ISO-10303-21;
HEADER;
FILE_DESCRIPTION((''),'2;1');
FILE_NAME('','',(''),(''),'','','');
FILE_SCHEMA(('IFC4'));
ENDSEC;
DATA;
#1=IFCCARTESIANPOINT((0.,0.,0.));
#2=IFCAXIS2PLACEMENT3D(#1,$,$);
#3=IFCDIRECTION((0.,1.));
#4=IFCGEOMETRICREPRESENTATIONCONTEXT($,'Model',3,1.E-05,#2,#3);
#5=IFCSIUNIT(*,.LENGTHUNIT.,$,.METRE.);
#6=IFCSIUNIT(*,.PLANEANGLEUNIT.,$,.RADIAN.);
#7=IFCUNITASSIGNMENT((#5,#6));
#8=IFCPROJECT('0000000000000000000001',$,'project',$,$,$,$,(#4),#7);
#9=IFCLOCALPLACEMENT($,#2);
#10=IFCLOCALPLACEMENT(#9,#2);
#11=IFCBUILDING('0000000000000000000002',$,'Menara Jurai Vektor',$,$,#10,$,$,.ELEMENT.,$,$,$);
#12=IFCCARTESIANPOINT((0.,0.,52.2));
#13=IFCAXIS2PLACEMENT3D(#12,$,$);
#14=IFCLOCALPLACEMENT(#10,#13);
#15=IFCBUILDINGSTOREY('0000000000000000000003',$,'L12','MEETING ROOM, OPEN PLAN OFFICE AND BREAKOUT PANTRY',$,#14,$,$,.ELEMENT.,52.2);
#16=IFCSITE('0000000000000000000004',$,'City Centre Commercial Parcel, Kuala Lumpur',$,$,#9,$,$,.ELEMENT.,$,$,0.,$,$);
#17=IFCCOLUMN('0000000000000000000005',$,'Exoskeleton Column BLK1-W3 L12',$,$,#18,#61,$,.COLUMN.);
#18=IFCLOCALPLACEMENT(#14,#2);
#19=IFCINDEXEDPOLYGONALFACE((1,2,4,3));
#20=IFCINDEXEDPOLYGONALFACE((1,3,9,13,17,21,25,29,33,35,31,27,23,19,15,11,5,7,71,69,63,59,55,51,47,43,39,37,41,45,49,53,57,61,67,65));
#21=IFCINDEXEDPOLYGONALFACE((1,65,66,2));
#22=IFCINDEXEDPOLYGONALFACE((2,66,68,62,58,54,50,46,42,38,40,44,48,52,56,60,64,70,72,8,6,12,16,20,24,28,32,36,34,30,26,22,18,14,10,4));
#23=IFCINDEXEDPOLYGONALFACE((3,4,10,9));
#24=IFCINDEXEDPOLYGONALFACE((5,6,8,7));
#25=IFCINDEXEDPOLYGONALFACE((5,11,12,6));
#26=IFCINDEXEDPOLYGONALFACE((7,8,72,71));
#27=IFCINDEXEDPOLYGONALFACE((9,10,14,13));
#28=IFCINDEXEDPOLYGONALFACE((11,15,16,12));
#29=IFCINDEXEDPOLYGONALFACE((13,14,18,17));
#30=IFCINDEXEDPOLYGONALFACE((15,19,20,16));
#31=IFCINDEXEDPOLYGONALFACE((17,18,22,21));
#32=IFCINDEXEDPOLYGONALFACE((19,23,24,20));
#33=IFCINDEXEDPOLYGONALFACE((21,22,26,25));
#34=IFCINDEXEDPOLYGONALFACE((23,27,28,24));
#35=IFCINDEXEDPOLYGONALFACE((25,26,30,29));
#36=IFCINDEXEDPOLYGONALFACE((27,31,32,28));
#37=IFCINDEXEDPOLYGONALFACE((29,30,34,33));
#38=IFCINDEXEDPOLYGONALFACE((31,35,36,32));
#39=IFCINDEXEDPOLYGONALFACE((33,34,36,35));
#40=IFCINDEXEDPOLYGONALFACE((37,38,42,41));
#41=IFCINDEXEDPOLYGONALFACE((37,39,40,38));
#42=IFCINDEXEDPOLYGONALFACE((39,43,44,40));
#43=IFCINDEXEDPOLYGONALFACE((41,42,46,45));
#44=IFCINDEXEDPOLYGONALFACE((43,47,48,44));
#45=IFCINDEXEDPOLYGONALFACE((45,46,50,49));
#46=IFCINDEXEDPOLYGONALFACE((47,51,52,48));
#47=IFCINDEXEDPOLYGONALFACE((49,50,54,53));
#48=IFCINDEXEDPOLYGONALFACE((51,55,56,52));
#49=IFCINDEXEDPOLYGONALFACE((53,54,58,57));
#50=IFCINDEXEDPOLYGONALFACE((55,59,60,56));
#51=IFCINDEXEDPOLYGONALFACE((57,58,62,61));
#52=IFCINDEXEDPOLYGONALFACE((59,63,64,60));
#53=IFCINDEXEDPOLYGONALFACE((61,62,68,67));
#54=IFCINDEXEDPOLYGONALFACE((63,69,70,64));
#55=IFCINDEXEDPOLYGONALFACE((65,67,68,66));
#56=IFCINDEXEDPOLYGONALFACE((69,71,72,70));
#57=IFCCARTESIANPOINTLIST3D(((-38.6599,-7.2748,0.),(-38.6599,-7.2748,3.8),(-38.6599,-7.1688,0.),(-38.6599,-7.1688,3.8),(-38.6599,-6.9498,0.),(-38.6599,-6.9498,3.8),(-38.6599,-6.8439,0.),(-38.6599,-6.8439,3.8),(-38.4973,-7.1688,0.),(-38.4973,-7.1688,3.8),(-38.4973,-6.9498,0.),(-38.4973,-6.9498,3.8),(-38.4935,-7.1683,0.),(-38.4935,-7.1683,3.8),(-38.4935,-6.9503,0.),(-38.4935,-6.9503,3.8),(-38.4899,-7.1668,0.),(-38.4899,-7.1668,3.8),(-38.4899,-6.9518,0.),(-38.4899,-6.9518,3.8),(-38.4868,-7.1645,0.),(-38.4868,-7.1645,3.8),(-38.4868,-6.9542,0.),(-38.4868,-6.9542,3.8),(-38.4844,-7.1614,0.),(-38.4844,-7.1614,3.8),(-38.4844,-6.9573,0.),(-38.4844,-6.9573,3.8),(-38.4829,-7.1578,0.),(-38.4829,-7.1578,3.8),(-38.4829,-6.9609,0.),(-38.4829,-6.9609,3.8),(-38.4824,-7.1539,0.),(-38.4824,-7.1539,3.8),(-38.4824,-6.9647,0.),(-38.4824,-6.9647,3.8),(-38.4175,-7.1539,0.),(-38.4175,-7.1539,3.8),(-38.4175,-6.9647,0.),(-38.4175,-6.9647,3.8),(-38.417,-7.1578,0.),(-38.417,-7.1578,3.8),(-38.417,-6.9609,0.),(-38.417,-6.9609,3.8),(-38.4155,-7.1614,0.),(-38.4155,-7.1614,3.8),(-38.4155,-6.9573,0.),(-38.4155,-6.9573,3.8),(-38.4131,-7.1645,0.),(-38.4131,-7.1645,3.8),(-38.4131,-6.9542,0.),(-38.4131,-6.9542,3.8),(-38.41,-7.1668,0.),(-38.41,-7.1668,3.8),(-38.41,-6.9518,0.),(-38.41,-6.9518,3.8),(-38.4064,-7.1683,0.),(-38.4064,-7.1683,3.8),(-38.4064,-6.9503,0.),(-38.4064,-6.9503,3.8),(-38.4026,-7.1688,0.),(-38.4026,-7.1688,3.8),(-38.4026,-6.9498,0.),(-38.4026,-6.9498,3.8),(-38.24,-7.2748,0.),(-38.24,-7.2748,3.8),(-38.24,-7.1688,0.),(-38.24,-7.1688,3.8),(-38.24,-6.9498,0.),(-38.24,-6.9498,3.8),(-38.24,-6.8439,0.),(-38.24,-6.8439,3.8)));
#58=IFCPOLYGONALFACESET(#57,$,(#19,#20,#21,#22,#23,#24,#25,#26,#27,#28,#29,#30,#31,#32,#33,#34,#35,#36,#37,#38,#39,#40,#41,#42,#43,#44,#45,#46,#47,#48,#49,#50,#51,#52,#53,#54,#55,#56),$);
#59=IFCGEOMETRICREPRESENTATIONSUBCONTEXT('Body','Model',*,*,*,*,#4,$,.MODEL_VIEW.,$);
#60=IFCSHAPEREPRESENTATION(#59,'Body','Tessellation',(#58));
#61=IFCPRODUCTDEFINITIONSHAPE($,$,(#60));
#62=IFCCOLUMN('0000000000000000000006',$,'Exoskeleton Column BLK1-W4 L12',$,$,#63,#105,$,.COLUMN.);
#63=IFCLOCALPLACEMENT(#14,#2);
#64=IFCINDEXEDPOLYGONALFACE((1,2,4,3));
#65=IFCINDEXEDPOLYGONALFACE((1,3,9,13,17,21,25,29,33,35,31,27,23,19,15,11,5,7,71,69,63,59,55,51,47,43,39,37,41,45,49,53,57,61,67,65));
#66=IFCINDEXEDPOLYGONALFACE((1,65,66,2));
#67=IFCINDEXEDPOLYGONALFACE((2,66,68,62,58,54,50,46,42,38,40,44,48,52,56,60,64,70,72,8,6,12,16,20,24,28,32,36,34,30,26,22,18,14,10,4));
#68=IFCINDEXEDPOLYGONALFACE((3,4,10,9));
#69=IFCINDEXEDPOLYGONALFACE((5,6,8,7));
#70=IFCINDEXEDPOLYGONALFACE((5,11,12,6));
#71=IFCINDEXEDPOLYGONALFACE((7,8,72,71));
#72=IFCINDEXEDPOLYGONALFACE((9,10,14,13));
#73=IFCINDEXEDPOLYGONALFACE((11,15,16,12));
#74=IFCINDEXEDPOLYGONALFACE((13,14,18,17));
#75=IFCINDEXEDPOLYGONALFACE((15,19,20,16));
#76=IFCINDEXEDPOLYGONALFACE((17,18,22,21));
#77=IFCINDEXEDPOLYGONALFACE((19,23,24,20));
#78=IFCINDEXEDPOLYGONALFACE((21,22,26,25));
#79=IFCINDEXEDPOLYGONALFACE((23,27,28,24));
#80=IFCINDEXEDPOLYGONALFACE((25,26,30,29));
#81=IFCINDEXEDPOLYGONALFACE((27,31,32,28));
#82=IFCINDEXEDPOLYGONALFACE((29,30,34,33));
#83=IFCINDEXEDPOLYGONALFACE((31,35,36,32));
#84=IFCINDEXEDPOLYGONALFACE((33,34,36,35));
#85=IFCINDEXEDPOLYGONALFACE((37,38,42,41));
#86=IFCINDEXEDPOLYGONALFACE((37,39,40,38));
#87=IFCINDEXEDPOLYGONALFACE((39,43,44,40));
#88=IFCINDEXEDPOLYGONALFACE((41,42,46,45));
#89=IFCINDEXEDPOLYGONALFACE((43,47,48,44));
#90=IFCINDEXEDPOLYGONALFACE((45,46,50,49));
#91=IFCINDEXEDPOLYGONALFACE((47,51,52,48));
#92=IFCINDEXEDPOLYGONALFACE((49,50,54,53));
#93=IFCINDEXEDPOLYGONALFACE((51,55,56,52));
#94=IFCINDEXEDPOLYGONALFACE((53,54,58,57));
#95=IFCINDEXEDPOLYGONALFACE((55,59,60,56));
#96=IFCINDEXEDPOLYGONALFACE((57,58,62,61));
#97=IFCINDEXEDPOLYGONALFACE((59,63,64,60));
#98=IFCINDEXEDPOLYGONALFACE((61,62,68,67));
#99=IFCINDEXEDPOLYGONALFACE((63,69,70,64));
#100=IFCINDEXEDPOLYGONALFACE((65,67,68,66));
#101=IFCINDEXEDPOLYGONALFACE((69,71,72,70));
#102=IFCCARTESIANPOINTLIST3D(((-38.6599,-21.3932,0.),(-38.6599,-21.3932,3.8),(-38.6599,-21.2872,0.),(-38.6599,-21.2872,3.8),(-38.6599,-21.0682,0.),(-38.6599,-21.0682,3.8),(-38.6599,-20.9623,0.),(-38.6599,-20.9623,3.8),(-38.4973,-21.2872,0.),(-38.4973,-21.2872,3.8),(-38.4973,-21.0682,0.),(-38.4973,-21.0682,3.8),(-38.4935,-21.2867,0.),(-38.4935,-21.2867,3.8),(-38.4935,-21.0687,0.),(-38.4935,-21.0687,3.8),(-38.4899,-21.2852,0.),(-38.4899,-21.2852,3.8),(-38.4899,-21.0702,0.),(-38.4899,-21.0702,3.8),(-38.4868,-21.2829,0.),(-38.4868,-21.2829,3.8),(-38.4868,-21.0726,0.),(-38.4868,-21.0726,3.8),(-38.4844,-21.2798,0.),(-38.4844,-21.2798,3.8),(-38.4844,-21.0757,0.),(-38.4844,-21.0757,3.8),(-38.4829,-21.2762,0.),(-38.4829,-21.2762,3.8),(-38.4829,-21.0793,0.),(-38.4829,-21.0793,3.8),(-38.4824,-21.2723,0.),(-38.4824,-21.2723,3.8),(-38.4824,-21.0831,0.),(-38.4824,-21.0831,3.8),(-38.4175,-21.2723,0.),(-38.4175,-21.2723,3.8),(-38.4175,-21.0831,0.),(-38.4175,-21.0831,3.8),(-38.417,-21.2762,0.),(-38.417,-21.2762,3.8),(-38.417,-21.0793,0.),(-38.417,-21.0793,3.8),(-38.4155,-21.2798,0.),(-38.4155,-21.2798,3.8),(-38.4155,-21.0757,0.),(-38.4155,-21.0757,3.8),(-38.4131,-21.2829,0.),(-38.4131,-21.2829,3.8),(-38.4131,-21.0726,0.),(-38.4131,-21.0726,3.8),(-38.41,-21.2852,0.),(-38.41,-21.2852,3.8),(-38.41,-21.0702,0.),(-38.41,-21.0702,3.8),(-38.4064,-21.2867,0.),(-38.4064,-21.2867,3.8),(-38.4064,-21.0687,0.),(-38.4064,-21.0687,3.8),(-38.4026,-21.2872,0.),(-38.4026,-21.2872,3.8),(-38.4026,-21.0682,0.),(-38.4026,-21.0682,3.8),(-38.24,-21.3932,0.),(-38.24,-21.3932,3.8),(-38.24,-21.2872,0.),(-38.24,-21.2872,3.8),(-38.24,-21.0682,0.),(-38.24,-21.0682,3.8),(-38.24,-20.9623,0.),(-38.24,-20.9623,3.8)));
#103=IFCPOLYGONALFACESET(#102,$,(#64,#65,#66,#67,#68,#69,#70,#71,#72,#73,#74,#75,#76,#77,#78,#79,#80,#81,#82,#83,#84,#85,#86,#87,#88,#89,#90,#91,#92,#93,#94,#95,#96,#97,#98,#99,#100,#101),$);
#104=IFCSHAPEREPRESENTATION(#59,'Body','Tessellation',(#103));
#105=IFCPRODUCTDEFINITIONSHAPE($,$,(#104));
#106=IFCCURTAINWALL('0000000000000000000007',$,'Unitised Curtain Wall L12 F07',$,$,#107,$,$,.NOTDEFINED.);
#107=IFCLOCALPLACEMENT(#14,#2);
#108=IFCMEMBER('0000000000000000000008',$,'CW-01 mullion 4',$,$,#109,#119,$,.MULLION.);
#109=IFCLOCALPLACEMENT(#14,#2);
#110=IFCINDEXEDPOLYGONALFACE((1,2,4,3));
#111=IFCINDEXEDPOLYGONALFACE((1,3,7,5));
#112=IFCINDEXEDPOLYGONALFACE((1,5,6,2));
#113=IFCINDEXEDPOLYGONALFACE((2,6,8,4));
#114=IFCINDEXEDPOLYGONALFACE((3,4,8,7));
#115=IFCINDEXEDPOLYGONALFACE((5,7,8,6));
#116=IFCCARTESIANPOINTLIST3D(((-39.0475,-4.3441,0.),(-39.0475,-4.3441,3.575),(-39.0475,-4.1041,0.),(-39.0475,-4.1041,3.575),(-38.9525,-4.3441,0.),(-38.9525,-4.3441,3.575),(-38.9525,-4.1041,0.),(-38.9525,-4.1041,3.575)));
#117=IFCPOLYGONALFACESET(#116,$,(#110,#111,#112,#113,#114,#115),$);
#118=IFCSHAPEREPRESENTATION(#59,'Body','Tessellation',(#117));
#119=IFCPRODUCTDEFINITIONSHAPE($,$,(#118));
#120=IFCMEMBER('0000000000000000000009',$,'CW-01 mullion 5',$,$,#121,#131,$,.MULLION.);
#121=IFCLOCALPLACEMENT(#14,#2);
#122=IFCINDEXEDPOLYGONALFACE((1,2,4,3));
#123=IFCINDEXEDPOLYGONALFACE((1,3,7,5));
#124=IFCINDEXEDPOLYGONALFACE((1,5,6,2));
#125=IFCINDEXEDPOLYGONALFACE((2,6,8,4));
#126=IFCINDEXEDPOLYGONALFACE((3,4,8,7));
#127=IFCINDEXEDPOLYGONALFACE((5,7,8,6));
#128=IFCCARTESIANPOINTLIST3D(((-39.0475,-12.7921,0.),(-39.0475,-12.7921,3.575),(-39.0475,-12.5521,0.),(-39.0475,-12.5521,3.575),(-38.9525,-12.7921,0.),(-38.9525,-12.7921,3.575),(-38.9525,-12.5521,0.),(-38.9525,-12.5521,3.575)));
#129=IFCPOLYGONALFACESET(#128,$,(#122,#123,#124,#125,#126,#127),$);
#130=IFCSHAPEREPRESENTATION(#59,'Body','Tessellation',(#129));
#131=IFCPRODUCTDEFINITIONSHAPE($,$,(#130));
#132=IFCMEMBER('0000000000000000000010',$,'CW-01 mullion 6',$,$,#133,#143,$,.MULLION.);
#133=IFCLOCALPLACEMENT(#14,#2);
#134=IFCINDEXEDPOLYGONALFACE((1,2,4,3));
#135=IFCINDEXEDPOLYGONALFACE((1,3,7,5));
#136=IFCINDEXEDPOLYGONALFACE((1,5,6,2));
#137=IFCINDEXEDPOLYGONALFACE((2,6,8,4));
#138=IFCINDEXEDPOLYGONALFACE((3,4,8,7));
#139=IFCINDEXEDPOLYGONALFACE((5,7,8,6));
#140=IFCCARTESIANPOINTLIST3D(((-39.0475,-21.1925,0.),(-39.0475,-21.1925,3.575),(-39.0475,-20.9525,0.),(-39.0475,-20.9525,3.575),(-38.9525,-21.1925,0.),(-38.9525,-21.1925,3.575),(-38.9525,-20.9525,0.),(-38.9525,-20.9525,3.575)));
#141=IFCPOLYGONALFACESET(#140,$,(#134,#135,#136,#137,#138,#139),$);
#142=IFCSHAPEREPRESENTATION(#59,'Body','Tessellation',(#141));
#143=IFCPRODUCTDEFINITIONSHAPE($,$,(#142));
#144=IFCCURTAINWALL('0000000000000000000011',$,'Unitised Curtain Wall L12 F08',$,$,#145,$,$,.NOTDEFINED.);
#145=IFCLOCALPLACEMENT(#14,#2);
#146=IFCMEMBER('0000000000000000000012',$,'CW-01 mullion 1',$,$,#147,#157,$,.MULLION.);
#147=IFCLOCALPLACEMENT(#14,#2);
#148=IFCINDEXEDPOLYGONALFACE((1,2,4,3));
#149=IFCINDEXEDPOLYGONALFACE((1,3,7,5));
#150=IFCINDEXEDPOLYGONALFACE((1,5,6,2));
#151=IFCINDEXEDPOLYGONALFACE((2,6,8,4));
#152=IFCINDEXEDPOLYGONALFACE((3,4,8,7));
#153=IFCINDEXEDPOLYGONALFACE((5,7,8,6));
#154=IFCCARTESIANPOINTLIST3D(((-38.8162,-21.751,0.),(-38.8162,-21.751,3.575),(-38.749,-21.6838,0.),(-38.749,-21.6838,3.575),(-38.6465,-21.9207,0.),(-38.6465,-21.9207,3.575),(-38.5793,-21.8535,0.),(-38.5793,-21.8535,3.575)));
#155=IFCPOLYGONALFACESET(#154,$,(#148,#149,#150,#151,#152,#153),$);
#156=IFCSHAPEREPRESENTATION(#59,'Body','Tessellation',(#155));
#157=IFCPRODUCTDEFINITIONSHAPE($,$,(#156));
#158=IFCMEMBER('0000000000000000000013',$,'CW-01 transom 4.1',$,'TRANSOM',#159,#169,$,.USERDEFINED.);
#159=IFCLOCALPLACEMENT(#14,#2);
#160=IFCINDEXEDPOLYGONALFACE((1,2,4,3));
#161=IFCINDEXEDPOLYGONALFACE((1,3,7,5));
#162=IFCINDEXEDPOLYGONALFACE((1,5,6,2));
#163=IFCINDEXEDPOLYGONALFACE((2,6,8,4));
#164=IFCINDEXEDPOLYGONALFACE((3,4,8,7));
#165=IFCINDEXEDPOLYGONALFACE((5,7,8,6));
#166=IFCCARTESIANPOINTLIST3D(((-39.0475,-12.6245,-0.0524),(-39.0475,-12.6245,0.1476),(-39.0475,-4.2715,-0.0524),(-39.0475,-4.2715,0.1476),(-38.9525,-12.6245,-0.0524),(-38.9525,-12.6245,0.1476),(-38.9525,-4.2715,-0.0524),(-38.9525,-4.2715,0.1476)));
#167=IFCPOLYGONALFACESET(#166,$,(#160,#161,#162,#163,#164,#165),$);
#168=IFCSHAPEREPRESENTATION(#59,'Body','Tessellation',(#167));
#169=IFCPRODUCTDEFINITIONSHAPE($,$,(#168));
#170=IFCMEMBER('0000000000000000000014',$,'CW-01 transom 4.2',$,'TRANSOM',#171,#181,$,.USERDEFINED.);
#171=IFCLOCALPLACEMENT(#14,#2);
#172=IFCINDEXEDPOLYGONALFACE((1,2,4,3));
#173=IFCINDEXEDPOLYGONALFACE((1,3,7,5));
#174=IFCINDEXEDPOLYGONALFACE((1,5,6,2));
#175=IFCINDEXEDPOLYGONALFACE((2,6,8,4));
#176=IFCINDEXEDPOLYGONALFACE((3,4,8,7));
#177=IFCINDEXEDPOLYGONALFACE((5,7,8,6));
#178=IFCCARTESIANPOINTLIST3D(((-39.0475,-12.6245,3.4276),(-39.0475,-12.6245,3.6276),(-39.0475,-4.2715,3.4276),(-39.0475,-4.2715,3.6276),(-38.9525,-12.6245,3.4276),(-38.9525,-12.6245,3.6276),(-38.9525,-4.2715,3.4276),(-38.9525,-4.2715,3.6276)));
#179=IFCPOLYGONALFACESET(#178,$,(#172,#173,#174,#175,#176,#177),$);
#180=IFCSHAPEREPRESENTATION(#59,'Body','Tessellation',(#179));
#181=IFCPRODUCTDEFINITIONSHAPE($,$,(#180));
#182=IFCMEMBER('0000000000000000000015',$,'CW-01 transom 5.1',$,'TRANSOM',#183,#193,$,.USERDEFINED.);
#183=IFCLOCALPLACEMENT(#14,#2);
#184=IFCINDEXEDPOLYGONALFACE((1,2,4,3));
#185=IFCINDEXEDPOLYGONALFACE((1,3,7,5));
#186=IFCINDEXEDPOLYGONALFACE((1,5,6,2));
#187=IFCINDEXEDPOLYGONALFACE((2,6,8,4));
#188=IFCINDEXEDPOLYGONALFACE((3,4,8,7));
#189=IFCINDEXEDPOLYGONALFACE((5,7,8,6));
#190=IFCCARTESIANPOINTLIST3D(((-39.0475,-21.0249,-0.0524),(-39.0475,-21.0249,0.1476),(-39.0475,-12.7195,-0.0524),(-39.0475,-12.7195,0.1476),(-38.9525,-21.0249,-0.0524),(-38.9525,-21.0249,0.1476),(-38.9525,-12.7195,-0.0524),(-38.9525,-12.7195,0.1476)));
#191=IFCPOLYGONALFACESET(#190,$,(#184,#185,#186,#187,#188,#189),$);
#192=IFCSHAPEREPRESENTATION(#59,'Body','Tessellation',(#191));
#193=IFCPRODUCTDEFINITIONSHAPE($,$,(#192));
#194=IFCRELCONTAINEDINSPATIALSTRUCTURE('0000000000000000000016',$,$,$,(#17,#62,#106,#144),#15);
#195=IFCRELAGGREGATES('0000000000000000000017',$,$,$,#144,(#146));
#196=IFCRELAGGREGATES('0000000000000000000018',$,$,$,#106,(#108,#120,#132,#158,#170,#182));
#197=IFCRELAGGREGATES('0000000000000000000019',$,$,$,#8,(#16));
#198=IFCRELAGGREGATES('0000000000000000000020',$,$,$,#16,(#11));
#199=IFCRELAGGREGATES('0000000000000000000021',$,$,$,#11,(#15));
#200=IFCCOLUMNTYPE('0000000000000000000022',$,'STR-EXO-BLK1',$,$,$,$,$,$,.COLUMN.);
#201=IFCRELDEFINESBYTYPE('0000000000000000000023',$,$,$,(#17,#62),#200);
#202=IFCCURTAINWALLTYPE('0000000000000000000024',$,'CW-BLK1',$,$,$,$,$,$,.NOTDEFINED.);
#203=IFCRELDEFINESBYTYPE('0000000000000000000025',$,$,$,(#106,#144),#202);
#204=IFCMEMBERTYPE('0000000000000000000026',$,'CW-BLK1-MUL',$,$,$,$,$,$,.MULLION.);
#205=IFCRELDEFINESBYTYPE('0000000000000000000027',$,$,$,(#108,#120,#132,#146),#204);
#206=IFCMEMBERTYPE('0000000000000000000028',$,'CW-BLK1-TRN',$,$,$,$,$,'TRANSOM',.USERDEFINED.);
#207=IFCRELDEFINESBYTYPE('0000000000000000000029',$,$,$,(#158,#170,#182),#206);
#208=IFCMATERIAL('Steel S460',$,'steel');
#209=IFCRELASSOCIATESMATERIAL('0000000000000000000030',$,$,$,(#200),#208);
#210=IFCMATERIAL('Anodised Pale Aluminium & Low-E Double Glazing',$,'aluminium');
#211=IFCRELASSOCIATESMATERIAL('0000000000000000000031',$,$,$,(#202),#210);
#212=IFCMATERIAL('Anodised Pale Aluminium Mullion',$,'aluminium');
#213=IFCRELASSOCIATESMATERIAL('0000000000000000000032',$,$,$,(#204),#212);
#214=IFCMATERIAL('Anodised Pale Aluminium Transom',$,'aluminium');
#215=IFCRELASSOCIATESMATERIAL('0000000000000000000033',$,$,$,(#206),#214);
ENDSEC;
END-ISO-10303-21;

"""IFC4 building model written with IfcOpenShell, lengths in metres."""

from ifc_helpers import new_model, si_unit, direction, frame, origin, origin_2d, place, context, subcontext, project, spatial, rectangle, i_section, extrude, material, material_profile, profile_set, type_object, element, aggregate, save


model = new_model("IFC4")

# Units and contexts
model_context = context("Model", 3, precision=1e-05, world=origin(), true_north=direction((0.0, 1.0)))
body_context = subcontext(model_context, "Body", "Model", "MODEL_VIEW")
ifc_project = project(units=[si_unit("LENGTHUNIT", "METRE"), si_unit("PLANEANGLEUNIT", "RADIAN")], contexts=[model_context])

# Site, building, storey
site_placement = place(None, origin())
site = spatial("IfcSite", under=ifc_project, at=site_placement, Name="City Centre Commercial Parcel, Kuala Lumpur", CompositionType="ELEMENT", RefElevation=0.0)
building_placement = place(site_placement, origin())
building = spatial("IfcBuilding", under=site, at=building_placement, Name="Menara Jurai Vektor", CompositionType="ELEMENT")
storey_placement = place(building_placement, frame((0.0, 0.0, 52.2)))
storey = spatial("IfcBuildingStorey", under=building, at=storey_placement, Name="L12", Description="MEETING ROOM, OPEN PLAN OFFICE AND BREAKOUT PANTRY", CompositionType="ELEMENT", Elevation=52.2)

# Columns
ifc_material_1 = material(Name="Steel S460", Category="steel")
ifc_material_profile_1 = material_profile(ifc_material_1, i_section(OverallWidth=0.4199, OverallDepth=0.4309, WebThickness=0.0649, FlangeThickness=0.106, FilletRadius=0.0149, at=origin_2d()), Name="HD 400x900")
ifc_profile_set_1 = profile_set([ifc_material_profile_1], Name="Steel S460")
column_type = type_object("IfcColumnType", Name="STR-EXO-BLK1", PredefinedType="COLUMN", material=ifc_profile_set_1)
for number, where, z_axis, x_axis, name in (
    (1, (-38.45, -7.0593, 0.0), (0.0, 0.0, 1.0), (1.0, 0.0, 0.0), "Exoskeleton Column BLK1-W3 L12"),
    (2, (-38.45, -21.1777, 0.0), (0.0, 0.0, 1.0), (1.0, 0.0, 0.0), "Exoskeleton Column BLK1-W4 L12"),
):
    element("IfcColumn", number, at=place(storey_placement, frame(where, z_axis=z_axis, x_axis=x_axis)), inside=storey, type_object=column_type, Name=name, PredefinedType="COLUMN", context=body_context, shape_type="SweptSolid", body=[
        extrude(i_section(OverallWidth=0.4199, OverallDepth=0.4309, WebThickness=0.0649, FlangeThickness=0.106, FilletRadius=0.0149, at=origin_2d()), origin(), (0.0, 0.0, 1.0), 3.8),
    ])

# Curtain wall, members
ifc_material_2 = material(Name="Anodised Pale Aluminium & Low-E Double Glazing", Category="aluminium")
curtain_wall_type = type_object("IfcCurtainWallType", Name="CW-BLK1", PredefinedType="NOTDEFINED", material=ifc_material_2)
curtain_wall_1_placement = place(storey_placement, origin())
curtain_wall_1 = element("IfcCurtainWall", 3, at=curtain_wall_1_placement, inside=storey, type_object=curtain_wall_type, Name="Unitised Curtain Wall L12 F07", PredefinedType="NOTDEFINED")
ifc_material_3 = material(Name="Anodised Pale Aluminium Mullion", Category="aluminium")
ifc_material_profile_2 = material_profile(ifc_material_3, rectangle(XDim=0.095, YDim=0.24, at=origin_2d()), Name="ALU MUL 95x240")
ifc_profile_set_2 = profile_set([ifc_material_profile_2], Name="Anodised Pale Aluminium Mullion")
member_type_1 = type_object("IfcMemberType", Name="CW-BLK1-MUL", PredefinedType="MULLION", material=ifc_profile_set_2)
member_1_placement = place(storey_placement, frame((-39.0, -4.2241, 0.0), z_axis=(0.0, 0.0, 1.0), x_axis=(1.0, 0.0, 0.0)))
member_1 = element("IfcMember", 4, at=member_1_placement, type_object=member_type_1, Name="CW-01 mullion 4", PredefinedType="MULLION", context=body_context, shape_type="SweptSolid", body=[
    extrude(rectangle(XDim=0.095, YDim=0.24, at=origin_2d()), origin(), (0.0, 0.0, 1.0), 3.575),
])
member_2_placement = place(storey_placement, frame((-39.0, -12.6721, 0.0), z_axis=(0.0, 0.0, 1.0), x_axis=(1.0, 0.0, 0.0)))
member_2 = element("IfcMember", 5, at=member_2_placement, type_object=member_type_1, Name="CW-01 mullion 5", PredefinedType="MULLION", context=body_context, shape_type="SweptSolid", body=[
    extrude(rectangle(XDim=0.095, YDim=0.24, at=origin_2d()), origin(), (0.0, 0.0, 1.0), 3.575),
])
member_3_placement = place(storey_placement, frame((-39.0, -21.0725, 0.0), z_axis=(0.0, 0.0, 1.0), x_axis=(1.0, 0.0, 0.0)))
member_3 = element("IfcMember", 6, at=member_3_placement, type_object=member_type_1, Name="CW-01 mullion 6", PredefinedType="MULLION", context=body_context, shape_type="SweptSolid", body=[
    extrude(rectangle(XDim=0.095, YDim=0.24, at=origin_2d()), origin(), (0.0, 0.0, 1.0), 3.575),
])

# Curtain wall, member
curtain_wall_2_placement = place(storey_placement, origin())
curtain_wall_2 = element("IfcCurtainWall", 7, at=curtain_wall_2_placement, inside=storey, type_object=curtain_wall_type, Name="Unitised Curtain Wall L12 F08", PredefinedType="NOTDEFINED")
member_4_placement = place(storey_placement, frame((-38.6978, -21.8022, 0.0), z_axis=(0.0, 0.0, 1.0), x_axis=(0.707107, 0.707107, 0.0)))
member_4 = element("IfcMember", 8, at=member_4_placement, type_object=member_type_1, Name="CW-01 mullion 1", PredefinedType="MULLION", context=body_context, shape_type="SweptSolid", body=[
    extrude(rectangle(XDim=0.095, YDim=0.24, at=origin_2d()), origin(), (0.0, 0.0, 1.0), 3.575),
])
aggregate(curtain_wall_2, [member_4])

# Members
ifc_material_4 = material(Name="Anodised Pale Aluminium Transom", Category="aluminium")
ifc_material_profile_3 = material_profile(ifc_material_4, rectangle(XDim=0.095, YDim=0.2, at=origin_2d()), Name="ALU TRN 95x200")
ifc_profile_set_3 = profile_set([ifc_material_profile_3], Name="Anodised Pale Aluminium Transom")
member_type_2 = type_object("IfcMemberType", Name="CW-BLK1-TRN", ElementType="TRANSOM", PredefinedType="USERDEFINED", material=ifc_profile_set_3)
member_5_placement = place(storey_placement, frame((-39.0, -4.2715, 0.0476), z_axis=(0.0, -1.0, 0.0), x_axis=(1.0, 0.0, 0.0)))
member_5 = element("IfcMember", 9, at=member_5_placement, type_object=member_type_2, Name="CW-01 transom 4.1", ObjectType="TRANSOM", PredefinedType="USERDEFINED", context=body_context, shape_type="SweptSolid", body=[
    extrude(rectangle(XDim=0.095, YDim=0.2, at=origin_2d()), origin(), (0.0, 0.0, 1.0), 8.353),
])
member_6_placement = place(storey_placement, frame((-39.0, -4.2715, 3.5276), z_axis=(0.0, -1.0, 0.0), x_axis=(1.0, 0.0, 0.0)))
member_6 = element("IfcMember", 10, at=member_6_placement, type_object=member_type_2, Name="CW-01 transom 4.2", ObjectType="TRANSOM", PredefinedType="USERDEFINED", context=body_context, shape_type="SweptSolid", body=[
    extrude(rectangle(XDim=0.095, YDim=0.2, at=origin_2d()), origin(), (0.0, 0.0, 1.0), 8.353),
])
member_7_placement = place(storey_placement, frame((-39.0, -12.7195, 0.0476), z_axis=(0.0, -1.0, 0.0), x_axis=(1.0, 0.0, 0.0)))
member_7 = element("IfcMember", 11, at=member_7_placement, type_object=member_type_2, Name="CW-01 transom 5.1", ObjectType="TRANSOM", PredefinedType="USERDEFINED", context=body_context, shape_type="SweptSolid", body=[
    extrude(rectangle(XDim=0.095, YDim=0.2, at=origin_2d()), origin(), (0.0, 0.0, 1.0), 8.3054),
])

aggregate(curtain_wall_1, [member_1, member_2, member_3, member_5, member_6, member_7])

save(model, "model.ifc")
